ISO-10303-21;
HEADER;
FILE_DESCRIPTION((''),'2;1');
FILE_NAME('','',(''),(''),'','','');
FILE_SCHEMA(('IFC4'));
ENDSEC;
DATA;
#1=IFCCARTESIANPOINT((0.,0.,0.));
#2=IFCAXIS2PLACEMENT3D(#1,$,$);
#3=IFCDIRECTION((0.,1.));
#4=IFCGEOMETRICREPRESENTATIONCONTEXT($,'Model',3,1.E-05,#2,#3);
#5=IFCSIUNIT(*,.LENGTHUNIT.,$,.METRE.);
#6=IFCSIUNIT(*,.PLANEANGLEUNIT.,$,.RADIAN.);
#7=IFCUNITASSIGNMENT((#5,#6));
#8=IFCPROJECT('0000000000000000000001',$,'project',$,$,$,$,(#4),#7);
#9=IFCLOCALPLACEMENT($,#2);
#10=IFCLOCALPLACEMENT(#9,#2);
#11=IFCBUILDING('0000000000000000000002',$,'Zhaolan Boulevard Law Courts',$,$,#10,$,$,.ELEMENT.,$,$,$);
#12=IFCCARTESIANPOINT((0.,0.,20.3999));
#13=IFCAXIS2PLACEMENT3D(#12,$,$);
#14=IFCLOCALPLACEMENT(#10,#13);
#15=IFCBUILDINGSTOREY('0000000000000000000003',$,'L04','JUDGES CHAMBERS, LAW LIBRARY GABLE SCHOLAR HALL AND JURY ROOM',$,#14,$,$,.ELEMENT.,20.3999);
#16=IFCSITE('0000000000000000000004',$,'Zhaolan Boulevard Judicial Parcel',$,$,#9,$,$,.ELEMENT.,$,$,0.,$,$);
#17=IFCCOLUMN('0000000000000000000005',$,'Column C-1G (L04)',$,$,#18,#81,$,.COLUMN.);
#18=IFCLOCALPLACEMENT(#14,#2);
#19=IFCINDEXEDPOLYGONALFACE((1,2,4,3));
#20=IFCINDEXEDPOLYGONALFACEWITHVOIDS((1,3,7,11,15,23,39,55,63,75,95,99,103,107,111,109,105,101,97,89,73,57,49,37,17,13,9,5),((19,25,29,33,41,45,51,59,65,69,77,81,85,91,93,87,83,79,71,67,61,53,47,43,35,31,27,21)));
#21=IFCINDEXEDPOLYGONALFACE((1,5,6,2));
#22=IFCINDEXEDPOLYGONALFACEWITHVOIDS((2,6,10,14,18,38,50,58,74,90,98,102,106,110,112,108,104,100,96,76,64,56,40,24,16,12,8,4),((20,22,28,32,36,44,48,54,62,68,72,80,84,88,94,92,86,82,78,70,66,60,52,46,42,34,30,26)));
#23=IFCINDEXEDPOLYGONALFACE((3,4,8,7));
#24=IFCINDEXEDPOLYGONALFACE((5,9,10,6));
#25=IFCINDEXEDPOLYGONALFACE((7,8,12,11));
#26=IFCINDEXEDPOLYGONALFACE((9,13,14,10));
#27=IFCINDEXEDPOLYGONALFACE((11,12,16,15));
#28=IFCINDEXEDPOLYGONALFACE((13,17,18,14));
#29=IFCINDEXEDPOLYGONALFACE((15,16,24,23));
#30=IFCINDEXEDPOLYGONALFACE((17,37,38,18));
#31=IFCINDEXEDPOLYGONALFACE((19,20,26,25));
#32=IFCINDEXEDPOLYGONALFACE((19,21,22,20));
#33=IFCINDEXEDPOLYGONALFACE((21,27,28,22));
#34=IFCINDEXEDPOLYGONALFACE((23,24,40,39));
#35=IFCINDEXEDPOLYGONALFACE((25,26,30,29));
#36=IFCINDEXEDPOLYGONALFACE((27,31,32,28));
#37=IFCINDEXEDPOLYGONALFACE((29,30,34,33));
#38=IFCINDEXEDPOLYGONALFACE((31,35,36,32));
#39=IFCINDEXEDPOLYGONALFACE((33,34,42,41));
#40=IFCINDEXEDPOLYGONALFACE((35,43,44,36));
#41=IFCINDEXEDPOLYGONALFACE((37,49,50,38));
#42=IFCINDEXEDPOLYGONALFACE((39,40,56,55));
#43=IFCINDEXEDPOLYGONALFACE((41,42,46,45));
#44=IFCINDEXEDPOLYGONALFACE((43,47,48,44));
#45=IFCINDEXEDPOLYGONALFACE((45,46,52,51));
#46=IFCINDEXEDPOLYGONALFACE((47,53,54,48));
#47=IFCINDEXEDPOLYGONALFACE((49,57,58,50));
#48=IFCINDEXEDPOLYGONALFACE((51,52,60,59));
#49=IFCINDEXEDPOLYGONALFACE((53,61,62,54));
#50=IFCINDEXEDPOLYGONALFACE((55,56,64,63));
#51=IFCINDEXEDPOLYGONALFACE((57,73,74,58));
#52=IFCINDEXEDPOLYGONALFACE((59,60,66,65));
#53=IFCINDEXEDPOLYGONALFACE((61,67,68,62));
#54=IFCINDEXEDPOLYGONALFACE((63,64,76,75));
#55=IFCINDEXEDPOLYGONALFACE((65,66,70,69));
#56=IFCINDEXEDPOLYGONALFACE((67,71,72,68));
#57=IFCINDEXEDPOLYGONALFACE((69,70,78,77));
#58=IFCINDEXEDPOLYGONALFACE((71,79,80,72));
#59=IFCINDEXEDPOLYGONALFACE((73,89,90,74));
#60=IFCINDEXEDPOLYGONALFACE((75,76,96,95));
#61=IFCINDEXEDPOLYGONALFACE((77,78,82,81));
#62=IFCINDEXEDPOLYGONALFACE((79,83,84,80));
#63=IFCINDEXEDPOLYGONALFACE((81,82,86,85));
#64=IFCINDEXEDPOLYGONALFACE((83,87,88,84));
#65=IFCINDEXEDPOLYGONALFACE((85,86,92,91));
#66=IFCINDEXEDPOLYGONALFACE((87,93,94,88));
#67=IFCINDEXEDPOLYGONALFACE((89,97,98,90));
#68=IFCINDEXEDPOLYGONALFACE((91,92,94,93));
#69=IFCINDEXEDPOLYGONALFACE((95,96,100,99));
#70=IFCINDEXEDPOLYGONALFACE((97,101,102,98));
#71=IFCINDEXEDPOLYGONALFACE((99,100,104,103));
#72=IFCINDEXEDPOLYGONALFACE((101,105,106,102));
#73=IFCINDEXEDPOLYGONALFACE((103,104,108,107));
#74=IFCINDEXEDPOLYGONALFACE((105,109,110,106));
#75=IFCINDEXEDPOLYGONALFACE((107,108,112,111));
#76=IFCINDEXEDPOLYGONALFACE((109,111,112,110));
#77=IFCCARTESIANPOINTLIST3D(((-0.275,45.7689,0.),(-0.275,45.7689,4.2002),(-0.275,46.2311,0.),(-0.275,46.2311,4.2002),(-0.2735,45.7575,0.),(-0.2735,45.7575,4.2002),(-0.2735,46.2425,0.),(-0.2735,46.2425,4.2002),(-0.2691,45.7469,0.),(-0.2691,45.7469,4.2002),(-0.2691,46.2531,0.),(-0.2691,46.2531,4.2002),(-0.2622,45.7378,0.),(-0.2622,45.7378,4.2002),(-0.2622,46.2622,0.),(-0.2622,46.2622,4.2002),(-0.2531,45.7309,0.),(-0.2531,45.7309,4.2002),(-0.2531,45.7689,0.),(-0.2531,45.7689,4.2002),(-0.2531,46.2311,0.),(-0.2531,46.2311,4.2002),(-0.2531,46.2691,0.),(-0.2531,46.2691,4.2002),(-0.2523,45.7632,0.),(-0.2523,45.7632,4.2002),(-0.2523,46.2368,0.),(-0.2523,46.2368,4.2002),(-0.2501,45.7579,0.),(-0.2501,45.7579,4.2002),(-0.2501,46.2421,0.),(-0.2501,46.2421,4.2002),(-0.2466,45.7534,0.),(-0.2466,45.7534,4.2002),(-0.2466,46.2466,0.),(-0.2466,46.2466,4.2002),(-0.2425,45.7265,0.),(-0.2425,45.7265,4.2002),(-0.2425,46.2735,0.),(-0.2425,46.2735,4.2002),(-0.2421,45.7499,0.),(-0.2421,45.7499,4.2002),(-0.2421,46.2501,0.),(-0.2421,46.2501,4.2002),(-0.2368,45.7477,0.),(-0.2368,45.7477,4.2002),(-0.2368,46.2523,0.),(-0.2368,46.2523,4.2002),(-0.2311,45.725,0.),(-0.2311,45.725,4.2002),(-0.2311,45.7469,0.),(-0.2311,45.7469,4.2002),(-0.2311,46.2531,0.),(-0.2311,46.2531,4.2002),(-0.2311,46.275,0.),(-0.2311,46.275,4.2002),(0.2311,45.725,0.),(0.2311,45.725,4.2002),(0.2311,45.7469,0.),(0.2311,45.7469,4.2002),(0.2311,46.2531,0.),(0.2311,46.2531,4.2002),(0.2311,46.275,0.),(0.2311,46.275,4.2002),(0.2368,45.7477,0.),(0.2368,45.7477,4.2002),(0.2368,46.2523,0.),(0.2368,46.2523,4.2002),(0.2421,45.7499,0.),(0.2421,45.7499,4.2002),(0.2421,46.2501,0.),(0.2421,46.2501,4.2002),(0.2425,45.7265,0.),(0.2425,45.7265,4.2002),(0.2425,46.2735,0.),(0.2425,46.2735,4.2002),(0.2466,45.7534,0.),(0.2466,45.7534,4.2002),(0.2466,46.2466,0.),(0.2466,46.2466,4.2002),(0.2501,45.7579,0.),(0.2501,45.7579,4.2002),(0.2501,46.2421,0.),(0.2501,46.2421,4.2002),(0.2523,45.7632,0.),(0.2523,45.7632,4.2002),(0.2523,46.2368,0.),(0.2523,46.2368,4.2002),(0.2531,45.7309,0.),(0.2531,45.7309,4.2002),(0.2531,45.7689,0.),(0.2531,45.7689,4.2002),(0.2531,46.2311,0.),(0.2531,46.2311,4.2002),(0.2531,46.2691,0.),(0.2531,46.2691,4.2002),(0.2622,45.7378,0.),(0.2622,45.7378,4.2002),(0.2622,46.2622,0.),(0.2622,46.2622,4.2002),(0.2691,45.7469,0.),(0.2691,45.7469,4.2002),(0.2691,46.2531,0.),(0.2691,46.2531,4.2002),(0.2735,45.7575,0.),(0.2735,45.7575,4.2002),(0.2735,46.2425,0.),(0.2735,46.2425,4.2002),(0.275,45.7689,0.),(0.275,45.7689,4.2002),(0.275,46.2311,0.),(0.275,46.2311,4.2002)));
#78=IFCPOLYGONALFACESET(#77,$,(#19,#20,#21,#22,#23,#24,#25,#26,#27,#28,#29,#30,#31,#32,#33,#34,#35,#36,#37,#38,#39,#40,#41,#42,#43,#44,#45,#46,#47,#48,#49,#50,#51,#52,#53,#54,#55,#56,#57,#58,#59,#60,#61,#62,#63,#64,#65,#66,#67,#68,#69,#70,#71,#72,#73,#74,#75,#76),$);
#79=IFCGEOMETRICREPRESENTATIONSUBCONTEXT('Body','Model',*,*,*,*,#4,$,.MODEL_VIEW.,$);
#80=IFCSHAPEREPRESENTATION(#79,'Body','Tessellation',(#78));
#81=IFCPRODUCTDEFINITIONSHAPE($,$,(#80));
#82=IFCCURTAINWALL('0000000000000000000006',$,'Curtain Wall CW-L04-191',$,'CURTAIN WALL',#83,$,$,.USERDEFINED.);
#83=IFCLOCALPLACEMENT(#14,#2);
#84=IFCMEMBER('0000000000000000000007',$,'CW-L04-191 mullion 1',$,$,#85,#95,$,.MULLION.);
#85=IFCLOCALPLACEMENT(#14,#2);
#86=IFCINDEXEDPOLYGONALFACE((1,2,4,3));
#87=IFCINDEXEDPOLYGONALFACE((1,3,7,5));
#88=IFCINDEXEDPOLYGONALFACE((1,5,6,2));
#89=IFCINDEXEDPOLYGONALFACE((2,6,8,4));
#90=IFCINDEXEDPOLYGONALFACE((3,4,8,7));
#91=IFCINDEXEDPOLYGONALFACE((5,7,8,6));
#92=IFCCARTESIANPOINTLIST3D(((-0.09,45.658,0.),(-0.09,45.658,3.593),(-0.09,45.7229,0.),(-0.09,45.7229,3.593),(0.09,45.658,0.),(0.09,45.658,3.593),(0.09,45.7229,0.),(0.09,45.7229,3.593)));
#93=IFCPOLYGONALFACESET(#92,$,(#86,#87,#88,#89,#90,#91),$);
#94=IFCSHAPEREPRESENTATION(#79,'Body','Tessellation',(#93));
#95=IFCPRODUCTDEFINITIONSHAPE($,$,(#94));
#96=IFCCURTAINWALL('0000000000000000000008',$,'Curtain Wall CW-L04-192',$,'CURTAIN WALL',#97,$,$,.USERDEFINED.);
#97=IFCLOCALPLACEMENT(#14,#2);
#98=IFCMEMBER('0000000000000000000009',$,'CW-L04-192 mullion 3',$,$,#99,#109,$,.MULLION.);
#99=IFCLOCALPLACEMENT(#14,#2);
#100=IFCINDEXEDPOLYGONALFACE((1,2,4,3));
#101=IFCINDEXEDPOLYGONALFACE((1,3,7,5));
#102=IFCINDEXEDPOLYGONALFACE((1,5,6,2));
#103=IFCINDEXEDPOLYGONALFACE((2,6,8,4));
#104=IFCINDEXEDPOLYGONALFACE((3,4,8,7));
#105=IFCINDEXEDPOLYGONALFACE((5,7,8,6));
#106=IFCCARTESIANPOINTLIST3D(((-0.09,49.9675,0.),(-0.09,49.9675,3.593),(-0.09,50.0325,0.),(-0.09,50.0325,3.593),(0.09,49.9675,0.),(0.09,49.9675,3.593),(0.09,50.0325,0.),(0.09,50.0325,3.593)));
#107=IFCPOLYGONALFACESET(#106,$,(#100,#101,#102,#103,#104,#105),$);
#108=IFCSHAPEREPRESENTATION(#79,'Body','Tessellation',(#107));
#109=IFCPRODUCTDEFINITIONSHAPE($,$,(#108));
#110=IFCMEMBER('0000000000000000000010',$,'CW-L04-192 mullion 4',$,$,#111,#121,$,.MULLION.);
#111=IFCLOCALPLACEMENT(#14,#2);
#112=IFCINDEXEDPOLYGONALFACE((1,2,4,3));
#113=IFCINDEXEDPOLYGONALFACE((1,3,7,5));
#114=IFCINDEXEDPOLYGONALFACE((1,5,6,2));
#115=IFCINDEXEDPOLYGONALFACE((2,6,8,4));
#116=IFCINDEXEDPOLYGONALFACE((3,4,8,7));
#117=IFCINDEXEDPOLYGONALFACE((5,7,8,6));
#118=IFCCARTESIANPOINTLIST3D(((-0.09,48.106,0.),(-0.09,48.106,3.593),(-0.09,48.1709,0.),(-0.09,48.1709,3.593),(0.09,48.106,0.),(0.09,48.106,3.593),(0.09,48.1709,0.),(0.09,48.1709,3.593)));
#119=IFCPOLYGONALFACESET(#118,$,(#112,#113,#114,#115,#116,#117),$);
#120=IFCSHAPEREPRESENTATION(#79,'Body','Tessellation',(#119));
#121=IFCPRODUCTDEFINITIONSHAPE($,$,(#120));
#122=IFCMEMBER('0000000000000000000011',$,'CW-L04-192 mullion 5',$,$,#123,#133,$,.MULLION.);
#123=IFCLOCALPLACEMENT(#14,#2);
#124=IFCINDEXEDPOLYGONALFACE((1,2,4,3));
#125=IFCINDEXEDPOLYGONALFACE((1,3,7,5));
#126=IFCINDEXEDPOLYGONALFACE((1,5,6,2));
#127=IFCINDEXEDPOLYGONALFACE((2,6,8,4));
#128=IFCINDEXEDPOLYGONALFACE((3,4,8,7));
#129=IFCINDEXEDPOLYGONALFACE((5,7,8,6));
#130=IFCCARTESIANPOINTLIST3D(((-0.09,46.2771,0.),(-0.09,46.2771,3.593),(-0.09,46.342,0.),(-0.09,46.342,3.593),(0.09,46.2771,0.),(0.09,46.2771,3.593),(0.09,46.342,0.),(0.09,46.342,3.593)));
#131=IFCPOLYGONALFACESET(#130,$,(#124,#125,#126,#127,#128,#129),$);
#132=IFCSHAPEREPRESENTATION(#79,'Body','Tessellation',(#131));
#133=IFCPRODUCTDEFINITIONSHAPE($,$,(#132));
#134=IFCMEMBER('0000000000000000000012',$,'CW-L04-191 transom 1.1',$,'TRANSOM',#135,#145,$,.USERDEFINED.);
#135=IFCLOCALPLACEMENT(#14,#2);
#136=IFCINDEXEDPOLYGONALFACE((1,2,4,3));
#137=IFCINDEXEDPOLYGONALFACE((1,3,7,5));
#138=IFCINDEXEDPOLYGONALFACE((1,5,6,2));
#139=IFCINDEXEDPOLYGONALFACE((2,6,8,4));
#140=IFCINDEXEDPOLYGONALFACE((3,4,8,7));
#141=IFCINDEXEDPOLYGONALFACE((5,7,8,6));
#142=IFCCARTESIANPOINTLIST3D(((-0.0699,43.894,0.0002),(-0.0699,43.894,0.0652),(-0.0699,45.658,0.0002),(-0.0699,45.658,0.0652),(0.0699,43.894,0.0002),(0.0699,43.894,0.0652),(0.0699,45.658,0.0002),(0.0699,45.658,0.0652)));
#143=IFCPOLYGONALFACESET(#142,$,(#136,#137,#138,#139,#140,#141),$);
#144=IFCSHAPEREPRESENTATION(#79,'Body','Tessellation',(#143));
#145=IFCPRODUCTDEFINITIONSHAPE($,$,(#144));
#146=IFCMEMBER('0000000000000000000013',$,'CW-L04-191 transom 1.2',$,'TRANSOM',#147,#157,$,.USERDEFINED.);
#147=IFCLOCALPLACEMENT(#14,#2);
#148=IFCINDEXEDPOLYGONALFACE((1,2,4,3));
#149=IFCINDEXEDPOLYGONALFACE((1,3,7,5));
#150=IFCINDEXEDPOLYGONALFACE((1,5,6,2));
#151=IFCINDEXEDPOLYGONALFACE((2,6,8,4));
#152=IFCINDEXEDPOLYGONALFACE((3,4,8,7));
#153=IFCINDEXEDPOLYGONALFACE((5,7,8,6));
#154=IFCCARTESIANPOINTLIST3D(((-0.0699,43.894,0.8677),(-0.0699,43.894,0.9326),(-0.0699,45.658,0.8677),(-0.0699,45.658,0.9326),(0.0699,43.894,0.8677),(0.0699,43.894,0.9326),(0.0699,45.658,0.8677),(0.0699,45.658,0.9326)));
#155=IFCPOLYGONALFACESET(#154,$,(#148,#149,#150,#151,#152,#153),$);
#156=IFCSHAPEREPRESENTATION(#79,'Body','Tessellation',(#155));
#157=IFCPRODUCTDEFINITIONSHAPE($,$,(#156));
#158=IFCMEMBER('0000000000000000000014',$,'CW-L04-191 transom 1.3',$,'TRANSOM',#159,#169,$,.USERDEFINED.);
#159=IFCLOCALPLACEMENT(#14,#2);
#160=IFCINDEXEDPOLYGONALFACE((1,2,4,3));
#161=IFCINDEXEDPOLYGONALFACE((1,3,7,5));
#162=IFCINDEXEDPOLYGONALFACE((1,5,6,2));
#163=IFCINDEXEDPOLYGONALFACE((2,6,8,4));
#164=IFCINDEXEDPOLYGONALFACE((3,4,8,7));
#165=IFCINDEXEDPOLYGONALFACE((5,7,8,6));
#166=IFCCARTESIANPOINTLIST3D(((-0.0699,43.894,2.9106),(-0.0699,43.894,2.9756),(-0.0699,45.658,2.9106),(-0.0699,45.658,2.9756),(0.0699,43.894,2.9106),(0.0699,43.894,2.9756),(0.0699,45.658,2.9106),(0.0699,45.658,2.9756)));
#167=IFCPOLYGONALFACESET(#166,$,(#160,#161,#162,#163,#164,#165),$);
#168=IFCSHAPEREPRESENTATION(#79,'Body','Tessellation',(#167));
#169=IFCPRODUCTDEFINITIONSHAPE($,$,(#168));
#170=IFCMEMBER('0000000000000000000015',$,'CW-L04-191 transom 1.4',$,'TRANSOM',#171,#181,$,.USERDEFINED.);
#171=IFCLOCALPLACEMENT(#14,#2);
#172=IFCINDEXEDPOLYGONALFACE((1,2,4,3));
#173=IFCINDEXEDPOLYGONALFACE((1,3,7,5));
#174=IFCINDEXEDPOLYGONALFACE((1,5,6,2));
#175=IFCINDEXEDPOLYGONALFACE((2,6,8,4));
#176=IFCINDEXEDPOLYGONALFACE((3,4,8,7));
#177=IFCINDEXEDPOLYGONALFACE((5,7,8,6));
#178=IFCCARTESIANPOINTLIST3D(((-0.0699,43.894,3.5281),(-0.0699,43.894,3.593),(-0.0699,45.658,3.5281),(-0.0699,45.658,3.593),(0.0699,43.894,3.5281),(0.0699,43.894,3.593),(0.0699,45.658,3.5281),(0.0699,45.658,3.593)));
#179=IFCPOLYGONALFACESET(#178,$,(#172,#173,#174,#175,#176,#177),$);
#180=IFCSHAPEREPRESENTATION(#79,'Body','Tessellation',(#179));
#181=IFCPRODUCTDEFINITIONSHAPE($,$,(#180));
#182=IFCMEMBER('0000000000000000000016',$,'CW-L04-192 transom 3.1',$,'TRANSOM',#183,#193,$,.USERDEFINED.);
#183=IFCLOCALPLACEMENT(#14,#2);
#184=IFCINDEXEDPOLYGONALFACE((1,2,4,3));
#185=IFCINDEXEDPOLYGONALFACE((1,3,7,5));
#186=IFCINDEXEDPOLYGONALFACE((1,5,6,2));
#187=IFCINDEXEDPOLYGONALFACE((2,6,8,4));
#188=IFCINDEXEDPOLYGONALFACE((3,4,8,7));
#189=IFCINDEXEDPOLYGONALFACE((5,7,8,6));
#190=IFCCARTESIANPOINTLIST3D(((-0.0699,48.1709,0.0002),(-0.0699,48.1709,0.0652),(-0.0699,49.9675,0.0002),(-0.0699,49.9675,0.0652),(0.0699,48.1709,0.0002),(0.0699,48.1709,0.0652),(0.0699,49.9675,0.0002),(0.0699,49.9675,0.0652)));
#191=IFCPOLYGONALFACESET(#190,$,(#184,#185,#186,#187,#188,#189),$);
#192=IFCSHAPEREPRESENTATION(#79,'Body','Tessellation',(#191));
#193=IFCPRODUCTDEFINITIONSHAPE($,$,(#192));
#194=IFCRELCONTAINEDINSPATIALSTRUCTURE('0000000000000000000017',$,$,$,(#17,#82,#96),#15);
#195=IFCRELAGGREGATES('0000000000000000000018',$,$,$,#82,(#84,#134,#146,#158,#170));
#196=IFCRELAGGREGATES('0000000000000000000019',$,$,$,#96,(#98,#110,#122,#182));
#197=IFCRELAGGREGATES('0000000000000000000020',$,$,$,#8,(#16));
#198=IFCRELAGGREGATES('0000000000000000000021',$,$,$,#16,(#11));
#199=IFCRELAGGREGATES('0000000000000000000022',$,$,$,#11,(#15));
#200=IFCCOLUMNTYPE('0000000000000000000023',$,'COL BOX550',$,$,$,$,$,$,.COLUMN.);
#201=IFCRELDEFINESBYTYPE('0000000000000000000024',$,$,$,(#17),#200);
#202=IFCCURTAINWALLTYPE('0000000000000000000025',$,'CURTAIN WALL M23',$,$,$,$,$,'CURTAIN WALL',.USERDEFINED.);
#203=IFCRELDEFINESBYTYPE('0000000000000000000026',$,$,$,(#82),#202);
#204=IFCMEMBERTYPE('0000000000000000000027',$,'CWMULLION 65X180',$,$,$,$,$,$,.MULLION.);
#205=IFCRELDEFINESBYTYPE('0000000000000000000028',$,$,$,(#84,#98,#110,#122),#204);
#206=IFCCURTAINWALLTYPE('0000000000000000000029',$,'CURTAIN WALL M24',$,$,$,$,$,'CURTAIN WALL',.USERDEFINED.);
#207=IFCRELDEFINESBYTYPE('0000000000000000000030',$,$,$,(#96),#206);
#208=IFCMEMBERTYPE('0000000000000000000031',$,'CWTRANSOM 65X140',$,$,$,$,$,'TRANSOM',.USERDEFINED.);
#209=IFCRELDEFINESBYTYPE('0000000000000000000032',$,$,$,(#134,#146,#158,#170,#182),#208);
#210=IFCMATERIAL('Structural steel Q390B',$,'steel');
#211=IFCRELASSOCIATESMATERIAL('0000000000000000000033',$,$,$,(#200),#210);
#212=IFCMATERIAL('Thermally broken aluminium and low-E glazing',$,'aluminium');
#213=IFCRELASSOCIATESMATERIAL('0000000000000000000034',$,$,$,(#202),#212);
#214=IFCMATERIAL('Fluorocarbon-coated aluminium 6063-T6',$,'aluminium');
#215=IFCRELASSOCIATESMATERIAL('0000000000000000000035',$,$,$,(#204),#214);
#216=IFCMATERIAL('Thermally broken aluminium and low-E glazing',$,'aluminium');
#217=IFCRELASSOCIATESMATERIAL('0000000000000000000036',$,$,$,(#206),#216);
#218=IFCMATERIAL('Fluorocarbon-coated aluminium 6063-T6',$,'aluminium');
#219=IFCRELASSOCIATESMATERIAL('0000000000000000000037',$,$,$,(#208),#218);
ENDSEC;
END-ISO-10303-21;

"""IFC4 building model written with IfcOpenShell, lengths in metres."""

from ifc_helpers import new_model, si_unit, direction, frame, origin, origin_2d, place, context, subcontext, project, spatial, rectangle, hollow_rectangle, extrude, material, material_profile, profile_set, type_object, element, aggregate, save


model = new_model("IFC4")

# Units and contexts
model_context = context("Model", 3, precision=1e-05, world=origin(), true_north=direction((0.0, 1.0)))
body_context = subcontext(model_context, "Body", "Model", "MODEL_VIEW")
ifc_project = project(units=[si_unit("LENGTHUNIT", "METRE"), si_unit("PLANEANGLEUNIT", "RADIAN")], contexts=[model_context])

# Site, building, storey
site_placement = place(None, origin())
site = spatial("IfcSite", under=ifc_project, at=site_placement, Name="Zhaolan Boulevard Judicial Parcel", CompositionType="ELEMENT", RefElevation=0.0)
building_placement = place(site_placement, origin())
building = spatial("IfcBuilding", under=site, at=building_placement, Name="Zhaolan Boulevard Law Courts", CompositionType="ELEMENT")
storey_placement = place(building_placement, frame((0.0, 0.0, 20.3999)))
storey = spatial("IfcBuildingStorey", under=building, at=storey_placement, Name="L04", Description="JUDGES CHAMBERS, LAW LIBRARY GABLE SCHOLAR HALL AND JURY ROOM", CompositionType="ELEMENT", Elevation=20.3999)

# Column
ifc_material_1 = material(Name="Structural steel Q390B", Category="steel")
ifc_material_profile_1 = material_profile(ifc_material_1, hollow_rectangle(XDim=0.55, YDim=0.55, WallThickness=0.022, InnerFilletRadius=0.022, OuterFilletRadius=0.0439, at=origin_2d()), Name="BOX550x550x22")
ifc_profile_set_1 = profile_set([ifc_material_profile_1], Name="Structural steel Q390B")
column_type = type_object("IfcColumnType", Name="COL BOX550", PredefinedType="COLUMN", material=ifc_profile_set_1)
column_placement = place(storey_placement, frame((0.0, 46.0, 0.0), z_axis=(0.0, 0.0, 1.0), x_axis=(1.0, 0.0, 0.0)))
element("IfcColumn", 1, at=column_placement, inside=storey, type_object=column_type, Name="Column C-1G (L04)", PredefinedType="COLUMN", context=body_context, shape_type="SweptSolid", body=[
    extrude(hollow_rectangle(XDim=0.55, YDim=0.55, WallThickness=0.022, InnerFilletRadius=0.022, OuterFilletRadius=0.0439, at=origin_2d()), origin(), (0.0, 0.0, 1.0), 4.2002),
])

# Curtain wall, member
ifc_material_2 = material(Name="Thermally broken aluminium and low-E glazing", Category="aluminium")
curtain_wall_type_1 = type_object("IfcCurtainWallType", Name="CURTAIN WALL M23", ElementType="CURTAIN WALL", PredefinedType="USERDEFINED", material=ifc_material_2)
curtain_wall_1_placement = place(storey_placement, origin())
curtain_wall_1 = element("IfcCurtainWall", 2, at=curtain_wall_1_placement, inside=storey, type_object=curtain_wall_type_1, Name="Curtain Wall CW-L04-191", ObjectType="CURTAIN WALL", PredefinedType="USERDEFINED")
ifc_material_3 = material(Name="Fluorocarbon-coated aluminium 6063-T6", Category="aluminium")
ifc_material_profile_2 = material_profile(ifc_material_3, rectangle(XDim=0.1799, YDim=0.0649, at=origin_2d()), Name="AL65x180")
ifc_profile_set_2 = profile_set([ifc_material_profile_2], Name="Fluorocarbon-coated aluminium 6063-T6")
member_type_1 = type_object("IfcMemberType", Name="CWMULLION 65X180", PredefinedType="MULLION", material=ifc_profile_set_2)
member_1_placement = place(storey_placement, frame((0.0, 45.6904, 0.0), z_axis=(0.0, 0.0, 1.0), x_axis=(1.0, 0.0, 0.0)))
member_1 = element("IfcMember", 3, at=member_1_placement, type_object=member_type_1, Name="CW-L04-191 mullion 1", PredefinedType="MULLION", context=body_context, shape_type="SweptSolid", body=[
    extrude(rectangle(XDim=0.1799, YDim=0.0649, at=origin_2d()), origin(), (0.0, 0.0, 1.0), 3.593),
])

# Curtain wall, members
ifc_material_4 = material(Name="Thermally broken aluminium and low-E glazing", Category="aluminium")
curtain_wall_type_2 = type_object("IfcCurtainWallType", Name="CURTAIN WALL M24", ElementType="CURTAIN WALL", PredefinedType="USERDEFINED", material=ifc_material_4)
curtain_wall_2_placement = place(storey_placement, origin())
curtain_wall_2 = element("IfcCurtainWall", 4, at=curtain_wall_2_placement, inside=storey, type_object=curtain_wall_type_2, Name="Curtain Wall CW-L04-192", ObjectType="CURTAIN WALL", PredefinedType="USERDEFINED")
member_2_placement = place(storey_placement, frame((0.0, 50.0, 0.0), z_axis=(0.0, 0.0, 1.0), x_axis=(1.0, 0.0, 0.0)))
member_2 = element("IfcMember", 5, at=member_2_placement, type_object=member_type_1, Name="CW-L04-192 mullion 3", PredefinedType="MULLION", context=body_context, shape_type="SweptSolid", body=[
    extrude(rectangle(XDim=0.1799, YDim=0.0649, at=origin_2d()), origin(), (0.0, 0.0, 1.0), 3.593),
])
member_3_placement = place(storey_placement, frame((0.0, 48.1384, 0.0), z_axis=(0.0, 0.0, 1.0), x_axis=(1.0, 0.0, 0.0)))
member_3 = element("IfcMember", 6, at=member_3_placement, type_object=member_type_1, Name="CW-L04-192 mullion 4", PredefinedType="MULLION", context=body_context, shape_type="SweptSolid", body=[
    extrude(rectangle(XDim=0.1799, YDim=0.0649, at=origin_2d()), origin(), (0.0, 0.0, 1.0), 3.593),
])
member_4_placement = place(storey_placement, frame((0.0, 46.3096, 0.0), z_axis=(0.0, 0.0, 1.0), x_axis=(1.0, 0.0, 0.0)))
member_4 = element("IfcMember", 7, at=member_4_placement, type_object=member_type_1, Name="CW-L04-192 mullion 5", PredefinedType="MULLION", context=body_context, shape_type="SweptSolid", body=[
    extrude(rectangle(XDim=0.1799, YDim=0.0649, at=origin_2d()), origin(), (0.0, 0.0, 1.0), 3.593),
])

# Members
ifc_material_5 = material(Name="Fluorocarbon-coated aluminium 6063-T6", Category="aluminium")
ifc_material_profile_3 = material_profile(ifc_material_5, rectangle(XDim=0.1399, YDim=0.0649, at=origin_2d()), Name="AL65x140")
ifc_profile_set_3 = profile_set([ifc_material_profile_3], Name="Fluorocarbon-coated aluminium 6063-T6")
member_type_2 = type_object("IfcMemberType", Name="CWTRANSOM 65X140", ElementType="TRANSOM", PredefinedType="USERDEFINED", material=ifc_profile_set_3)
member_5_placement = place(storey_placement, frame((0.0, 45.658, 0.0327), z_axis=(0.0, -1.0, 0.0), x_axis=(1.0, 0.0, 0.0)))
member_5 = element("IfcMember", 8, at=member_5_placement, type_object=member_type_2, Name="CW-L04-191 transom 1.1", ObjectType="TRANSOM", PredefinedType="USERDEFINED", context=body_context, shape_type="SweptSolid", body=[
    extrude(rectangle(XDim=0.1399, YDim=0.0649, at=origin_2d()), origin(), (0.0, 0.0, 1.0), 1.7639),
])
member_6_placement = place(storey_placement, frame((0.0, 45.658, 0.9001), z_axis=(0.0, -1.0, 0.0), x_axis=(1.0, 0.0, 0.0)))
member_6 = element("IfcMember", 9, at=member_6_placement, type_object=member_type_2, Name="CW-L04-191 transom 1.2", ObjectType="TRANSOM", PredefinedType="USERDEFINED", context=body_context, shape_type="SweptSolid", body=[
    extrude(rectangle(XDim=0.1399, YDim=0.0649, at=origin_2d()), origin(), (0.0, 0.0, 1.0), 1.7639),
])
member_7_placement = place(storey_placement, frame((0.0, 45.658, 2.9431), z_axis=(0.0, -1.0, 0.0), x_axis=(1.0, 0.0, 0.0)))
member_7 = element("IfcMember", 10, at=member_7_placement, type_object=member_type_2, Name="CW-L04-191 transom 1.3", ObjectType="TRANSOM", PredefinedType="USERDEFINED", context=body_context, shape_type="SweptSolid", body=[
    extrude(rectangle(XDim=0.1399, YDim=0.0649, at=origin_2d()), origin(), (0.0, 0.0, 1.0), 1.7639),
])
member_8_placement = place(storey_placement, frame((0.0, 45.658, 3.5605), z_axis=(0.0, -1.0, 0.0), x_axis=(1.0, 0.0, 0.0)))
member_8 = element("IfcMember", 11, at=member_8_placement, type_object=member_type_2, Name="CW-L04-191 transom 1.4", ObjectType="TRANSOM", PredefinedType="USERDEFINED", context=body_context, shape_type="SweptSolid", body=[
    extrude(rectangle(XDim=0.1399, YDim=0.0649, at=origin_2d()), origin(), (0.0, 0.0, 1.0), 1.7639),
])
aggregate(curtain_wall_1, [member_1, member_5, member_6, member_7, member_8])
member_9_placement = place(storey_placement, frame((0.0, 49.9675, 0.0327), z_axis=(0.0, -1.0, 0.0), x_axis=(1.0, 0.0, 0.0)))
member_9 = element("IfcMember", 12, at=member_9_placement, type_object=member_type_2, Name="CW-L04-192 transom 3.1", ObjectType="TRANSOM", PredefinedType="USERDEFINED", context=body_context, shape_type="SweptSolid", body=[
    extrude(rectangle(XDim=0.1399, YDim=0.0649, at=origin_2d()), origin(), (0.0, 0.0, 1.0), 1.7966),
])

aggregate(curtain_wall_2, [member_2, member_3, member_4, member_9])

save(model, "model.ifc")
